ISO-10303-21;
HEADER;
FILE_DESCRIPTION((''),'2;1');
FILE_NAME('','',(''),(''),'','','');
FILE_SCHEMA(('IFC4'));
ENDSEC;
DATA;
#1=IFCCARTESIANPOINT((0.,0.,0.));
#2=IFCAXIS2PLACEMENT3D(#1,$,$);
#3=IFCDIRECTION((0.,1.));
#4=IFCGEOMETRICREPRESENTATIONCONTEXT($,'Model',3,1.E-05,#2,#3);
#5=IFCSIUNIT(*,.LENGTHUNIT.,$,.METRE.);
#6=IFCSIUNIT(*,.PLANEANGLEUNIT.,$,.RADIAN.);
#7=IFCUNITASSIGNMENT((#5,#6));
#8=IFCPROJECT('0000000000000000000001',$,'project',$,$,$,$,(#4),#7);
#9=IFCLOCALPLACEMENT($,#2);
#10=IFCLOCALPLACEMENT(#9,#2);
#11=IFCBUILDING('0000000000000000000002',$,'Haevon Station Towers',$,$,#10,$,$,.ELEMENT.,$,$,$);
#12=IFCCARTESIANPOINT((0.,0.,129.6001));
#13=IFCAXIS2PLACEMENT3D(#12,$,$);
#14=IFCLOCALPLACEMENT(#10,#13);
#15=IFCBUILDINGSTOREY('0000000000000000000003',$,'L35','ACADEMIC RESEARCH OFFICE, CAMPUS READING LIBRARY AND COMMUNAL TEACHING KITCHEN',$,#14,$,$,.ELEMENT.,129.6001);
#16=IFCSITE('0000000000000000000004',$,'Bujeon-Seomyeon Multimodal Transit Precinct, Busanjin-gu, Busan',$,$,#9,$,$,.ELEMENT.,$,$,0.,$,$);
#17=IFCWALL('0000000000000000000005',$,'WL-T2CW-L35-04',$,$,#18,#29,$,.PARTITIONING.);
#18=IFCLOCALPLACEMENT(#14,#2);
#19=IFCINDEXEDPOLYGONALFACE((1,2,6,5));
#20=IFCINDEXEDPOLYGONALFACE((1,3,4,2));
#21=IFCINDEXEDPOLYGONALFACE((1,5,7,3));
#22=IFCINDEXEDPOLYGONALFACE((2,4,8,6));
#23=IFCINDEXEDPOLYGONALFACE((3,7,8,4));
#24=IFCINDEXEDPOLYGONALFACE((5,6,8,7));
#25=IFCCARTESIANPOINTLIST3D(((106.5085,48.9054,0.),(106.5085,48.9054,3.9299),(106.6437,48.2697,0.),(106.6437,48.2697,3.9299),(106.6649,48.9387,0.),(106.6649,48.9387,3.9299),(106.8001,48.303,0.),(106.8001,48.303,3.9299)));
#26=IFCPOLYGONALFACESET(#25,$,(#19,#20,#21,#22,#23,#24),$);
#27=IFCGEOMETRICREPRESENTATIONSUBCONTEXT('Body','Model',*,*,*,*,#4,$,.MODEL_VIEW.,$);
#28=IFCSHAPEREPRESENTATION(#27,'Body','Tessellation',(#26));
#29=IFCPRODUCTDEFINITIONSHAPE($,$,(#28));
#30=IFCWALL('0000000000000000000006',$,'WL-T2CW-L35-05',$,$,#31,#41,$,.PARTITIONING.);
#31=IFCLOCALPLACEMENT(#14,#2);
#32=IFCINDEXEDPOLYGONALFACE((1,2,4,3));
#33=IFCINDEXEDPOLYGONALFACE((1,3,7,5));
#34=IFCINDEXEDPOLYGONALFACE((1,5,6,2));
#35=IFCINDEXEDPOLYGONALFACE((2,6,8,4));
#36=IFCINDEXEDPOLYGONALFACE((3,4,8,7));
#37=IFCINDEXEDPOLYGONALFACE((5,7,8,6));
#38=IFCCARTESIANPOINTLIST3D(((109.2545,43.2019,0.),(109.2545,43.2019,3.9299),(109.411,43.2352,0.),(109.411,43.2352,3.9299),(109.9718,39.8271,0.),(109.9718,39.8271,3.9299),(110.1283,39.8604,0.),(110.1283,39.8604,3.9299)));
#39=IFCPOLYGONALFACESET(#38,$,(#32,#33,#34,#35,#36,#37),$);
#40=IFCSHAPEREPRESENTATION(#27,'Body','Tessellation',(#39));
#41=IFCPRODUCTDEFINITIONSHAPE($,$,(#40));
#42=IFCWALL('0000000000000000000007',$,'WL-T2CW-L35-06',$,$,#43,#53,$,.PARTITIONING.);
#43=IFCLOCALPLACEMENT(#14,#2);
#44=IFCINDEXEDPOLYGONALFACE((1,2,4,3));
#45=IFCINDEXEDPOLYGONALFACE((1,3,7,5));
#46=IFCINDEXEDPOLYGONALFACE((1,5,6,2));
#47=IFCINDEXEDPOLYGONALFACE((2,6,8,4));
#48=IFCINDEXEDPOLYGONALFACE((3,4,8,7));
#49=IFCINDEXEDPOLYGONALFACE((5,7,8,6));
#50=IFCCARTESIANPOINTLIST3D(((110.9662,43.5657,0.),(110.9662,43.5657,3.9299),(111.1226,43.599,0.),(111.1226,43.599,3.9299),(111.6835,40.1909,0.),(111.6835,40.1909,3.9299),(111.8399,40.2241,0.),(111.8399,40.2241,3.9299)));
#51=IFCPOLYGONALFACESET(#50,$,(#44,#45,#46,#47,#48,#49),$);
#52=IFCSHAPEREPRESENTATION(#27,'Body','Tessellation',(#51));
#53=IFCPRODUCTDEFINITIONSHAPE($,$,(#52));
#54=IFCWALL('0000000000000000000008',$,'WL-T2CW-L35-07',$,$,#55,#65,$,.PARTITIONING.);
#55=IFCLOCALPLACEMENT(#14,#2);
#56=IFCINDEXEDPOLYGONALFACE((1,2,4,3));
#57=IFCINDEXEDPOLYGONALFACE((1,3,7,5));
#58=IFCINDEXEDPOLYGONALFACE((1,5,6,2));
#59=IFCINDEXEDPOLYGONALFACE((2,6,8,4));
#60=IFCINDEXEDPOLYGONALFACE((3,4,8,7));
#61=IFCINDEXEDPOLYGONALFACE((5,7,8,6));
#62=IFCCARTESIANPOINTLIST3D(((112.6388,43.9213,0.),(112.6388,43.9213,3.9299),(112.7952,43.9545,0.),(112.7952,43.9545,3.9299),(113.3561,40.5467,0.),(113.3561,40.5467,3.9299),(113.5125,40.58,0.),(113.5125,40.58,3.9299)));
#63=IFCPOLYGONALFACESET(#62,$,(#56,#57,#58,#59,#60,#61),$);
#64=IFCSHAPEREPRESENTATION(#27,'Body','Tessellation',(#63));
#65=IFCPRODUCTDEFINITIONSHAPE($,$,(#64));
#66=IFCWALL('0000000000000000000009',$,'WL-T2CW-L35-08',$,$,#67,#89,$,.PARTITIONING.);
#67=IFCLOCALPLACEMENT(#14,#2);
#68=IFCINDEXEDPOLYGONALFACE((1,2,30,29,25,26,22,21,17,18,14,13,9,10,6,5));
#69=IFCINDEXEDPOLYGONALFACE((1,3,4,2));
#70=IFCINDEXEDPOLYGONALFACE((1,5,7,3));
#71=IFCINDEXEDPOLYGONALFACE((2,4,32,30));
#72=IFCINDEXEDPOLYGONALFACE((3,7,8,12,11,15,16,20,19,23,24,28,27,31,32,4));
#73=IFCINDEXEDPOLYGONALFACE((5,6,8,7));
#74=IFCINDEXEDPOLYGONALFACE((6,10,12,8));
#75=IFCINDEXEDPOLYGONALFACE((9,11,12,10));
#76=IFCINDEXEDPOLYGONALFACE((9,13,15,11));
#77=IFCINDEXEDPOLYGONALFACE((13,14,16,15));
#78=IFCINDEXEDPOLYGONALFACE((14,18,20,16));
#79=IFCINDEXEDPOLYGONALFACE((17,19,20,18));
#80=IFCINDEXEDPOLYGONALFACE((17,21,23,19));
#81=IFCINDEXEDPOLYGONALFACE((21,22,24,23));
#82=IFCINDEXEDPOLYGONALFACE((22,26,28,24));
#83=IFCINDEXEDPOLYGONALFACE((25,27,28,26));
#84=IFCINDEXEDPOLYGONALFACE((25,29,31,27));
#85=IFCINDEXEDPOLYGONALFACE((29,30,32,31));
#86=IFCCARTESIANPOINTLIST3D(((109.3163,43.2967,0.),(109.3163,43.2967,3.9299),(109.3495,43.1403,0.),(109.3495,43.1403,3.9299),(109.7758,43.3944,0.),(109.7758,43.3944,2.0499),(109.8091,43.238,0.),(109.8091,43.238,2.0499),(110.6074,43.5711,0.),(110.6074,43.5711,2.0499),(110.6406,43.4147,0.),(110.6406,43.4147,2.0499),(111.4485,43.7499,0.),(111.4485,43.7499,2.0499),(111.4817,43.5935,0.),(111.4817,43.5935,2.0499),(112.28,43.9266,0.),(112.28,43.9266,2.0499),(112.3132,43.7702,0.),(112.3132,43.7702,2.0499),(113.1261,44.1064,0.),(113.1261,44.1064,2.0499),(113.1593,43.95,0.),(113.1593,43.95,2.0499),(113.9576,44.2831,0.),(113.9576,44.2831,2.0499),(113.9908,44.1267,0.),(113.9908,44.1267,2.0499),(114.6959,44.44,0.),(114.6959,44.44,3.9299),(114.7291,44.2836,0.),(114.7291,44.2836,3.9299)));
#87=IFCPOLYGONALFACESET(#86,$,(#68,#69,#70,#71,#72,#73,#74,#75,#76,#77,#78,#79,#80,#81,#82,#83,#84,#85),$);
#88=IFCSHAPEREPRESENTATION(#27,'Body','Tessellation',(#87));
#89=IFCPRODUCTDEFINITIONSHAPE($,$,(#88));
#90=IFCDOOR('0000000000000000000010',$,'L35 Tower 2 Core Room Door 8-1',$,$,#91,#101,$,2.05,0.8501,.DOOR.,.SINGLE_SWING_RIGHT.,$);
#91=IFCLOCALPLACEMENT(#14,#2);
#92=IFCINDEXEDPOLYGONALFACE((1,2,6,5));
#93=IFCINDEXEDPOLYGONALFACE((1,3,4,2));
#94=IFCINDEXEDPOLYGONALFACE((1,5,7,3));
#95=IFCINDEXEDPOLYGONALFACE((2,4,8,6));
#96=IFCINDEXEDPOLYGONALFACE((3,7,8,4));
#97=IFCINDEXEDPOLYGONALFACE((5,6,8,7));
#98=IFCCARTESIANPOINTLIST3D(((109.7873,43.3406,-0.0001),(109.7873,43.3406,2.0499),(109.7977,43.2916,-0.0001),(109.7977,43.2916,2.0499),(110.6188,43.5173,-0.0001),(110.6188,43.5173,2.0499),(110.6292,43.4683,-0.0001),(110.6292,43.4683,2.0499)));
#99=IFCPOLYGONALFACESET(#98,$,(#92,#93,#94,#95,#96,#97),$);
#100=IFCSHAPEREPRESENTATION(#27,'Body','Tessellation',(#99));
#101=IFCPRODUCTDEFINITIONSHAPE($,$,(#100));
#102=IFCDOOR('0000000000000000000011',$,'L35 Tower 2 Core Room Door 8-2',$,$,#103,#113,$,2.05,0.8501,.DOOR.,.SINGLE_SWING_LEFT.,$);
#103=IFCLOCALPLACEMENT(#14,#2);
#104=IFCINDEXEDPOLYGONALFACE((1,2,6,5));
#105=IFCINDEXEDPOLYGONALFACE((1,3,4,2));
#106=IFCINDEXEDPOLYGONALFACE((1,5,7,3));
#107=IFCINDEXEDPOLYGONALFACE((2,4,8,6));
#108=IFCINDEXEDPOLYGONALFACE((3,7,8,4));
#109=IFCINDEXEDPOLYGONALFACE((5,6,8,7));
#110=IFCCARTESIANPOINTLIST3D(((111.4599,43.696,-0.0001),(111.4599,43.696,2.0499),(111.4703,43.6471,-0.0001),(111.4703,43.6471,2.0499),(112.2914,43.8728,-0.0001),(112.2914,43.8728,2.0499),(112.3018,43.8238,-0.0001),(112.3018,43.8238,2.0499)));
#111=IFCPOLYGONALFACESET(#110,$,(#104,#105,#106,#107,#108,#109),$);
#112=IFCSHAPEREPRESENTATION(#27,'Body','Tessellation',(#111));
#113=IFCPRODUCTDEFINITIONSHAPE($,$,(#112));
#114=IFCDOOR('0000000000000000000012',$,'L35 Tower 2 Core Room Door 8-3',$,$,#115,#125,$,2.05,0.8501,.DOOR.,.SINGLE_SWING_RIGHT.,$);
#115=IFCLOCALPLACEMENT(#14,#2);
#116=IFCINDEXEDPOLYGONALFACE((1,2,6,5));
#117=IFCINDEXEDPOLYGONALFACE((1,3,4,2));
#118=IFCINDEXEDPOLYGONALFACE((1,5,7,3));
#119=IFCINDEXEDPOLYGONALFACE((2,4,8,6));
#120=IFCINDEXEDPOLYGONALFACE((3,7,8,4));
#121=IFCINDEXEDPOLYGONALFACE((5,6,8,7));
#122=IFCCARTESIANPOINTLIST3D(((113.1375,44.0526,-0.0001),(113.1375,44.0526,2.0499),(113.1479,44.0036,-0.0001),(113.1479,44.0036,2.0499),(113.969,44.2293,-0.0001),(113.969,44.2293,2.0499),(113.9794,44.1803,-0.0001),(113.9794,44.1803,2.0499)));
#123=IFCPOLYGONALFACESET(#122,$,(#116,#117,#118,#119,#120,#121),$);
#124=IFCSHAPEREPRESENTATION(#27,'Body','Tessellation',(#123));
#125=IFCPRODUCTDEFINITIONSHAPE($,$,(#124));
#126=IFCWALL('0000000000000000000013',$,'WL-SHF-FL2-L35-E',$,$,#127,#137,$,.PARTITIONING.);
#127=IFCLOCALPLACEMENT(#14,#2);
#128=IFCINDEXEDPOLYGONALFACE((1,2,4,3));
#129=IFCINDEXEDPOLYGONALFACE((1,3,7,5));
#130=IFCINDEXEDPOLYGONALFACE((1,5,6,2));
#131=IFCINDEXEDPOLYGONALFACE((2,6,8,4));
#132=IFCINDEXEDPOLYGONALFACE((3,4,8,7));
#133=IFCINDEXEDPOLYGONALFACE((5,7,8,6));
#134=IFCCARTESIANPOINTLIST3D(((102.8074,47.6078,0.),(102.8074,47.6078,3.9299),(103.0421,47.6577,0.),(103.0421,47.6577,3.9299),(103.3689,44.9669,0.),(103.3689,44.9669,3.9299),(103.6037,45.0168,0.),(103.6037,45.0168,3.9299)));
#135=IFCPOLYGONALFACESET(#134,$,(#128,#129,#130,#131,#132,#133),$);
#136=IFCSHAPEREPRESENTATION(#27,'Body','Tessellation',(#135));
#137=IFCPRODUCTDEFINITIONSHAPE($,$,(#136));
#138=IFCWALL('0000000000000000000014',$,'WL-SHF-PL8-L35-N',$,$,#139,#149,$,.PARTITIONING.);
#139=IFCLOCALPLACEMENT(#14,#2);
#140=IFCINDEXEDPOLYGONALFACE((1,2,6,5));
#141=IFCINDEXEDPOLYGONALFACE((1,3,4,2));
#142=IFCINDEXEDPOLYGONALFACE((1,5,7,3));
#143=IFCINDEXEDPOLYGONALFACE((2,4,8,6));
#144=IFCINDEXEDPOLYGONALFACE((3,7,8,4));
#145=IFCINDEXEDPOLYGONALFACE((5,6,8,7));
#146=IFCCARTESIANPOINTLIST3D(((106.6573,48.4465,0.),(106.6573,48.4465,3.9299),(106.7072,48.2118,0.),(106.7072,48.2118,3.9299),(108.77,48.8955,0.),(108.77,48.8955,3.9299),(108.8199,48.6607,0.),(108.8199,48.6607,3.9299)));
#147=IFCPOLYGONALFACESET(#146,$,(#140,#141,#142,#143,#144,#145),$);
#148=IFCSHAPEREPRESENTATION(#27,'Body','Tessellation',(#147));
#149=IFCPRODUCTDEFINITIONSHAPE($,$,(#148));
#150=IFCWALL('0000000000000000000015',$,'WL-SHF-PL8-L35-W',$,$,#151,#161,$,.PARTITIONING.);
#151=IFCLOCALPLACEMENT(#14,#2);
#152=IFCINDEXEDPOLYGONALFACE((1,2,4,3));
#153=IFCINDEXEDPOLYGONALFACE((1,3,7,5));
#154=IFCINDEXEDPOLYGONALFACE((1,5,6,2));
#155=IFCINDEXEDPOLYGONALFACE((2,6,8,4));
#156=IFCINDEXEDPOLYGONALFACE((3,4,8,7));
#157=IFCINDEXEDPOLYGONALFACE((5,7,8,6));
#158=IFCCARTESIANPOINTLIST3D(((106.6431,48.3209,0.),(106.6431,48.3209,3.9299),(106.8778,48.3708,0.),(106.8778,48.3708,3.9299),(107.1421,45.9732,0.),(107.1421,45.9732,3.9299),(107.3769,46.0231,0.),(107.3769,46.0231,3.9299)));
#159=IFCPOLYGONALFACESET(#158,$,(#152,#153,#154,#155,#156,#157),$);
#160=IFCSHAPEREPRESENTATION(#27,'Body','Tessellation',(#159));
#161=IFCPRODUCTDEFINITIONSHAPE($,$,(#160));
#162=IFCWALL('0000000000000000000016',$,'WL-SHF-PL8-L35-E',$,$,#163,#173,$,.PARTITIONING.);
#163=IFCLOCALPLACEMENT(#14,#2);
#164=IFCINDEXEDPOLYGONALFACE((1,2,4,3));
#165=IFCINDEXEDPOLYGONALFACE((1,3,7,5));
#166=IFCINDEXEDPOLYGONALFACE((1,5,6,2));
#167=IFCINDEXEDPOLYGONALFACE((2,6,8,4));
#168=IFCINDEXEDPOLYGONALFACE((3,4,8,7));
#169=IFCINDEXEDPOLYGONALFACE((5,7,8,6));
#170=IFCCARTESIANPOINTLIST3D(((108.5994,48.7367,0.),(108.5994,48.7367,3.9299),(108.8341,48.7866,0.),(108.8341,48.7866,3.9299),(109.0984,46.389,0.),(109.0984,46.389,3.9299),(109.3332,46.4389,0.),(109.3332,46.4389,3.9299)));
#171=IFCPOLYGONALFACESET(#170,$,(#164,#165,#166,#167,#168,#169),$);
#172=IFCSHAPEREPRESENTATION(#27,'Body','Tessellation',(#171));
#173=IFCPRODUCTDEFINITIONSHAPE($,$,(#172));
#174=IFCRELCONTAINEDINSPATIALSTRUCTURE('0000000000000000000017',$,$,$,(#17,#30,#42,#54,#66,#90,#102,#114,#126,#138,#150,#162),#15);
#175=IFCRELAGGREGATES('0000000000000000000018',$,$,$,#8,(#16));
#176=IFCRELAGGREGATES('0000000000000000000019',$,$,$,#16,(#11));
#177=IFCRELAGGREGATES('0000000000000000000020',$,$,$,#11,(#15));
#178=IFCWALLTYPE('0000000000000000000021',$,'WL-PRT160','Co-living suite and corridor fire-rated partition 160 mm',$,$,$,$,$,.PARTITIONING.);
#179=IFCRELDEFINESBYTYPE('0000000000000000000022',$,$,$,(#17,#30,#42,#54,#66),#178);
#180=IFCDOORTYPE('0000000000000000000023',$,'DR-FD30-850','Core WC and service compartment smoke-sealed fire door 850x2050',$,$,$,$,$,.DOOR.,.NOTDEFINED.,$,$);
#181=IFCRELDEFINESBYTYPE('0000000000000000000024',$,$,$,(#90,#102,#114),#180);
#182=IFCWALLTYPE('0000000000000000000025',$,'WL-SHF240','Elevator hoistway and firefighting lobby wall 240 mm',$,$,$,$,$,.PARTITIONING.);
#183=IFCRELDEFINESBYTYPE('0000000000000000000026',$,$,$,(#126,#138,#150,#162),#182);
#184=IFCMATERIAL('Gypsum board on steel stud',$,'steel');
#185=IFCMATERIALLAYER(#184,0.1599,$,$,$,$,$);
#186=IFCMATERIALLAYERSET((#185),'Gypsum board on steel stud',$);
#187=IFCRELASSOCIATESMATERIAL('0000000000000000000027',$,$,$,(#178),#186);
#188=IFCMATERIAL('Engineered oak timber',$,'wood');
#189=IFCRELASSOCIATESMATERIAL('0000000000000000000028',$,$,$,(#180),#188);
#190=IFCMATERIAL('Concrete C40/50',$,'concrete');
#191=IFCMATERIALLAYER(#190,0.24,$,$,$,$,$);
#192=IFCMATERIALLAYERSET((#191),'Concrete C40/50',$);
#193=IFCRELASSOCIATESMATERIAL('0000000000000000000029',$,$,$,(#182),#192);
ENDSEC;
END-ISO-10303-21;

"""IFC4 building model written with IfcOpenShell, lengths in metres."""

from ifc_helpers import new_model, si_unit, direction, frame, frame_2d, origin, place, context, subcontext, project, spatial, rectangle, extrude, material, layer, layer_set, type_object, element, fill, save


model = new_model("IFC4")

# Units and contexts
model_context = context("Model", 3, precision=1e-05, world=origin(), true_north=direction((0.0, 1.0)))
body_context = subcontext(model_context, "Body", "Model", "MODEL_VIEW")
ifc_project = project(units=[si_unit("LENGTHUNIT", "METRE"), si_unit("PLANEANGLEUNIT", "RADIAN")], contexts=[model_context])

# Site, building, storey
site_placement = place(None, origin())
site = spatial("IfcSite", under=ifc_project, at=site_placement, Name="Bujeon-Seomyeon Multimodal Transit Precinct, Busanjin-gu, Busan", CompositionType="ELEMENT", RefElevation=0.0)
building_placement = place(site_placement, origin())
building = spatial("IfcBuilding", under=site, at=building_placement, Name="Haevon Station Towers", CompositionType="ELEMENT")
storey_placement = place(building_placement, frame((0.0, 0.0, 129.6001)))
storey = spatial("IfcBuildingStorey", under=building, at=storey_placement, Name="L35", Description="ACADEMIC RESEARCH OFFICE, CAMPUS READING LIBRARY AND COMMUNAL TEACHING KITCHEN", CompositionType="ELEMENT", Elevation=129.6001)

# Shared definitions
ifc_material_1 = material(Name="Gypsum board on steel stud", Category="steel")
ifc_material_2 = material(Name="Engineered oak timber", Category="wood")

# Shared definitions
ifc_layer_1 = layer(ifc_material_1, 0.1599)
ifc_layer_set_1 = layer_set([ifc_layer_1], Name="Gypsum board on steel stud")
wall_type_1 = type_object("IfcWallType", Name="WL-PRT160", Description="Co-living suite and corridor fire-rated partition 160 mm", PredefinedType="PARTITIONING", material=ifc_layer_set_1)

# Walls
wall_1_placement = place(storey_placement, frame((106.7219, 48.2864, 0.0), z_axis=(0.0, 0.0, 1.0), x_axis=(-0.208092, 0.978109, 0.0)))
element("IfcWall", 1, at=wall_1_placement, inside=storey, type_object=wall_type_1, Name="WL-T2CW-L35-04", PredefinedType="PARTITIONING", context=body_context, shape_type="SweptSolid", body=[
    extrude(rectangle(XDim=0.6499, YDim=0.1599, at=frame_2d((0.325, 0.0))), origin(), (0.0, 0.0, 1.0), 3.9299),
])
for number, where, z_axis, x_axis, name in (
    (2, (110.05, 39.8438, 0.0), (0.0, 0.0, 1.0), (-0.2079, 0.97815, 0.0), "WL-T2CW-L35-05"),
    (3, (111.7617, 40.2075, 0.0), (0.0, 0.0, 1.0), (-0.2079, 0.97815, 0.0), "WL-T2CW-L35-06"),
):
    element("IfcWall", number, at=place(storey_placement, frame(where, z_axis=z_axis, x_axis=x_axis)), inside=storey, type_object=wall_type_1, Name=name, PredefinedType="PARTITIONING", context=body_context, shape_type="SweptSolid", body=[
        extrude(rectangle(XDim=3.4502, YDim=0.1599, at=frame_2d((1.7251, 0.0))), origin(), (0.0, 0.0, 1.0), 3.9299),
    ])
wall_2_placement = place(storey_placement, frame((113.4343, 40.5632, 0.0), z_axis=(0.0, 0.0, 1.0), x_axis=(-0.207915, 0.978147, 0.0)))
element("IfcWall", 4, at=wall_2_placement, inside=storey, type_object=wall_type_1, Name="WL-T2CW-L35-07", PredefinedType="PARTITIONING", context=body_context, shape_type="SweptSolid", body=[
    extrude(rectangle(XDim=3.45, YDim=0.1599, at=frame_2d((1.7251, 0.0))), origin(), (0.0, 0.0, 1.0), 3.9299),
])

# Wall, openings, doors
wall_3_placement = place(storey_placement, frame((109.3328, 43.2185, 0.0), z_axis=(0.0, 0.0, 1.0), x_axis=(0.978154, 0.207883, 0.0)))
wall_3 = element("IfcWall", 5, at=wall_3_placement, inside=storey, type_object=wall_type_1, Name="WL-T2CW-L35-08", PredefinedType="PARTITIONING", context=body_context, shape_type="SweptSolid", body=[
    extrude(rectangle(XDim=5.4998, YDim=0.1599, at=frame_2d((2.75, 0.0))), origin(), (0.0, 0.0, 1.0), 3.9299),
])
opening_1_placement = place(wall_3_placement, frame((0.47, 0.0, 0.0)))
opening_1 = element("IfcOpeningElement", 6, at=opening_1_placement, cuts=wall_3, PredefinedType="OPENING", context=body_context, shape_type="SweptSolid", body=[
    extrude(rectangle(XDim=0.8501, YDim=2.05, at=frame_2d((0.425, 1.0249))), frame((0.0, 0.0898, 0.0), z_axis=(0.0, -1.0, 0.0), x_axis=(1.0, 0.0, 0.0)), (0.0, 0.0, 1.0), 0.1799),
])
opening_2_placement = place(wall_3_placement, frame((2.1799, 0.0, 0.0)))
opening_2 = element("IfcOpeningElement", 7, at=opening_2_placement, cuts=wall_3, PredefinedType="OPENING", context=body_context, shape_type="SweptSolid", body=[
    extrude(rectangle(XDim=0.8501, YDim=2.05, at=frame_2d((0.425, 1.0249))), frame((0.0, 0.0898, 0.0), z_axis=(0.0, -1.0, 0.0), x_axis=(1.0, 0.0, 0.0)), (0.0, 0.0, 1.0), 0.1799),
])
opening_3_placement = place(wall_3_placement, frame((3.895, 0.0, 0.0)))
opening_3 = element("IfcOpeningElement", 8, at=opening_3_placement, cuts=wall_3, PredefinedType="OPENING", context=body_context, shape_type="SweptSolid", body=[
    extrude(rectangle(XDim=0.8501, YDim=2.05, at=frame_2d((0.425, 1.0249))), frame((0.0, 0.0898, 0.0), z_axis=(0.0, -1.0, 0.0), x_axis=(1.0, 0.0, 0.0)), (0.0, 0.0, 1.0), 0.1799),
])
door_type_1 = type_object("IfcDoorType", Name="DR-FD30-850", Description="Core WC and service compartment smoke-sealed fire door 850x2050", OperationType="NOTDEFINED", PredefinedType="DOOR", material=ifc_material_2)
door_1_placement = place(opening_1_placement, origin())
door_1 = element("IfcDoor", 9, at=door_1_placement, inside=storey, type_object=door_type_1, Name="L35 Tower 2 Core Room Door 8-1", OperationType="SINGLE_SWING_RIGHT", OverallHeight=2.05, OverallWidth=0.8501, PredefinedType="DOOR", context=body_context, shape_type="SweptSolid", body=[
    extrude(rectangle(XDim=0.8501, YDim=2.05, at=frame_2d((0.425, 1.0249))), frame((0.0, 0.0249, 0.0), z_axis=(0.0, -1.0, 0.0), x_axis=(1.0, 0.0, 0.0)), (0.0, 0.0, 1.0), 0.05),
])
fill(opening_1, door_1)
door_2_placement = place(opening_2_placement, origin())
door_2 = element("IfcDoor", 10, at=door_2_placement, inside=storey, type_object=door_type_1, Name="L35 Tower 2 Core Room Door 8-2", OperationType="SINGLE_SWING_LEFT", OverallHeight=2.05, OverallWidth=0.8501, PredefinedType="DOOR", context=body_context, shape_type="SweptSolid", body=[
    extrude(rectangle(XDim=0.8501, YDim=2.05, at=frame_2d((0.425, 1.0249))), frame((0.0, 0.0249, 0.0), z_axis=(0.0, -1.0, 0.0), x_axis=(1.0, 0.0, 0.0)), (0.0, 0.0, 1.0), 0.05),
])
fill(opening_2, door_2)
door_3_placement = place(opening_3_placement, origin())
door_3 = element("IfcDoor", 11, at=door_3_placement, inside=storey, type_object=door_type_1, Name="L35 Tower 2 Core Room Door 8-3", OperationType="SINGLE_SWING_RIGHT", OverallHeight=2.05, OverallWidth=0.8501, PredefinedType="DOOR", context=body_context, shape_type="SweptSolid", body=[
    extrude(rectangle(XDim=0.8501, YDim=2.05, at=frame_2d((0.425, 1.0249))), frame((0.0, 0.0249, 0.0), z_axis=(0.0, -1.0, 0.0), x_axis=(1.0, 0.0, 0.0)), (0.0, 0.0, 1.0), 0.05),
])
fill(opening_3, door_3)

# Wall
ifc_material_3 = material(Name="Concrete C40/50", Category="concrete")
ifc_layer_2 = layer(ifc_material_3, 0.24)
ifc_layer_set_2 = layer_set([ifc_layer_2], Name="Concrete C40/50")
wall_type_2 = type_object("IfcWallType", Name="WL-SHF240", Description="Elevator hoistway and firefighting lobby wall 240 mm", PredefinedType="PARTITIONING", material=ifc_layer_set_2)
wall_4_placement = place(storey_placement, frame((103.4863, 44.9917, 0.0), z_axis=(0.0, 0.0, 1.0), x_axis=(-0.207979, 0.978133, 0.0)))
element("IfcWall", 12, at=wall_4_placement, inside=storey, type_object=wall_type_2, Name="WL-SHF-FL2-L35-E", PredefinedType="PARTITIONING", context=body_context, shape_type="SweptSolid", body=[
    extrude(rectangle(XDim=2.7, YDim=0.24, at=frame_2d((1.3501, 0.0))), origin(), (0.0, 0.0, 1.0), 3.9299),
])

# Walls
wall_5_placement = place(storey_placement, frame((106.6821, 48.3291, 0.0), z_axis=(0.0, 0.0, 1.0), x_axis=(0.978158, 0.207861, 0.0)))
element("IfcWall", 13, at=wall_5_placement, inside=storey, type_object=wall_type_2, Name="WL-SHF-PL8-L35-N", PredefinedType="PARTITIONING", context=body_context, shape_type="SweptSolid", body=[
    extrude(rectangle(XDim=2.1599, YDim=0.24, at=frame_2d((1.0801, 0.0))), origin(), (0.0, 0.0, 1.0), 3.9299),
])
for number, where, z_axis, x_axis, name in (
    (14, (107.2595, 45.998, 0.0), (0.0, 0.0, 1.0), (-0.207917, 0.978146, 0.0), "WL-SHF-PL8-L35-W"),
    (15, (109.2158, 46.4138, 0.0), (0.0, 0.0, 1.0), (-0.207917, 0.978146, 0.0), "WL-SHF-PL8-L35-E"),
):
    element("IfcWall", number, at=place(storey_placement, frame(where, z_axis=z_axis, x_axis=x_axis)), inside=storey, type_object=wall_type_2, Name=name, PredefinedType="PARTITIONING", context=body_context, shape_type="SweptSolid", body=[
        extrude(rectangle(XDim=2.4001, YDim=0.24, at=frame_2d((1.2002, 0.0))), origin(), (0.0, 0.0, 1.0), 3.9299),
    ])

save(model, "model.ifc")
